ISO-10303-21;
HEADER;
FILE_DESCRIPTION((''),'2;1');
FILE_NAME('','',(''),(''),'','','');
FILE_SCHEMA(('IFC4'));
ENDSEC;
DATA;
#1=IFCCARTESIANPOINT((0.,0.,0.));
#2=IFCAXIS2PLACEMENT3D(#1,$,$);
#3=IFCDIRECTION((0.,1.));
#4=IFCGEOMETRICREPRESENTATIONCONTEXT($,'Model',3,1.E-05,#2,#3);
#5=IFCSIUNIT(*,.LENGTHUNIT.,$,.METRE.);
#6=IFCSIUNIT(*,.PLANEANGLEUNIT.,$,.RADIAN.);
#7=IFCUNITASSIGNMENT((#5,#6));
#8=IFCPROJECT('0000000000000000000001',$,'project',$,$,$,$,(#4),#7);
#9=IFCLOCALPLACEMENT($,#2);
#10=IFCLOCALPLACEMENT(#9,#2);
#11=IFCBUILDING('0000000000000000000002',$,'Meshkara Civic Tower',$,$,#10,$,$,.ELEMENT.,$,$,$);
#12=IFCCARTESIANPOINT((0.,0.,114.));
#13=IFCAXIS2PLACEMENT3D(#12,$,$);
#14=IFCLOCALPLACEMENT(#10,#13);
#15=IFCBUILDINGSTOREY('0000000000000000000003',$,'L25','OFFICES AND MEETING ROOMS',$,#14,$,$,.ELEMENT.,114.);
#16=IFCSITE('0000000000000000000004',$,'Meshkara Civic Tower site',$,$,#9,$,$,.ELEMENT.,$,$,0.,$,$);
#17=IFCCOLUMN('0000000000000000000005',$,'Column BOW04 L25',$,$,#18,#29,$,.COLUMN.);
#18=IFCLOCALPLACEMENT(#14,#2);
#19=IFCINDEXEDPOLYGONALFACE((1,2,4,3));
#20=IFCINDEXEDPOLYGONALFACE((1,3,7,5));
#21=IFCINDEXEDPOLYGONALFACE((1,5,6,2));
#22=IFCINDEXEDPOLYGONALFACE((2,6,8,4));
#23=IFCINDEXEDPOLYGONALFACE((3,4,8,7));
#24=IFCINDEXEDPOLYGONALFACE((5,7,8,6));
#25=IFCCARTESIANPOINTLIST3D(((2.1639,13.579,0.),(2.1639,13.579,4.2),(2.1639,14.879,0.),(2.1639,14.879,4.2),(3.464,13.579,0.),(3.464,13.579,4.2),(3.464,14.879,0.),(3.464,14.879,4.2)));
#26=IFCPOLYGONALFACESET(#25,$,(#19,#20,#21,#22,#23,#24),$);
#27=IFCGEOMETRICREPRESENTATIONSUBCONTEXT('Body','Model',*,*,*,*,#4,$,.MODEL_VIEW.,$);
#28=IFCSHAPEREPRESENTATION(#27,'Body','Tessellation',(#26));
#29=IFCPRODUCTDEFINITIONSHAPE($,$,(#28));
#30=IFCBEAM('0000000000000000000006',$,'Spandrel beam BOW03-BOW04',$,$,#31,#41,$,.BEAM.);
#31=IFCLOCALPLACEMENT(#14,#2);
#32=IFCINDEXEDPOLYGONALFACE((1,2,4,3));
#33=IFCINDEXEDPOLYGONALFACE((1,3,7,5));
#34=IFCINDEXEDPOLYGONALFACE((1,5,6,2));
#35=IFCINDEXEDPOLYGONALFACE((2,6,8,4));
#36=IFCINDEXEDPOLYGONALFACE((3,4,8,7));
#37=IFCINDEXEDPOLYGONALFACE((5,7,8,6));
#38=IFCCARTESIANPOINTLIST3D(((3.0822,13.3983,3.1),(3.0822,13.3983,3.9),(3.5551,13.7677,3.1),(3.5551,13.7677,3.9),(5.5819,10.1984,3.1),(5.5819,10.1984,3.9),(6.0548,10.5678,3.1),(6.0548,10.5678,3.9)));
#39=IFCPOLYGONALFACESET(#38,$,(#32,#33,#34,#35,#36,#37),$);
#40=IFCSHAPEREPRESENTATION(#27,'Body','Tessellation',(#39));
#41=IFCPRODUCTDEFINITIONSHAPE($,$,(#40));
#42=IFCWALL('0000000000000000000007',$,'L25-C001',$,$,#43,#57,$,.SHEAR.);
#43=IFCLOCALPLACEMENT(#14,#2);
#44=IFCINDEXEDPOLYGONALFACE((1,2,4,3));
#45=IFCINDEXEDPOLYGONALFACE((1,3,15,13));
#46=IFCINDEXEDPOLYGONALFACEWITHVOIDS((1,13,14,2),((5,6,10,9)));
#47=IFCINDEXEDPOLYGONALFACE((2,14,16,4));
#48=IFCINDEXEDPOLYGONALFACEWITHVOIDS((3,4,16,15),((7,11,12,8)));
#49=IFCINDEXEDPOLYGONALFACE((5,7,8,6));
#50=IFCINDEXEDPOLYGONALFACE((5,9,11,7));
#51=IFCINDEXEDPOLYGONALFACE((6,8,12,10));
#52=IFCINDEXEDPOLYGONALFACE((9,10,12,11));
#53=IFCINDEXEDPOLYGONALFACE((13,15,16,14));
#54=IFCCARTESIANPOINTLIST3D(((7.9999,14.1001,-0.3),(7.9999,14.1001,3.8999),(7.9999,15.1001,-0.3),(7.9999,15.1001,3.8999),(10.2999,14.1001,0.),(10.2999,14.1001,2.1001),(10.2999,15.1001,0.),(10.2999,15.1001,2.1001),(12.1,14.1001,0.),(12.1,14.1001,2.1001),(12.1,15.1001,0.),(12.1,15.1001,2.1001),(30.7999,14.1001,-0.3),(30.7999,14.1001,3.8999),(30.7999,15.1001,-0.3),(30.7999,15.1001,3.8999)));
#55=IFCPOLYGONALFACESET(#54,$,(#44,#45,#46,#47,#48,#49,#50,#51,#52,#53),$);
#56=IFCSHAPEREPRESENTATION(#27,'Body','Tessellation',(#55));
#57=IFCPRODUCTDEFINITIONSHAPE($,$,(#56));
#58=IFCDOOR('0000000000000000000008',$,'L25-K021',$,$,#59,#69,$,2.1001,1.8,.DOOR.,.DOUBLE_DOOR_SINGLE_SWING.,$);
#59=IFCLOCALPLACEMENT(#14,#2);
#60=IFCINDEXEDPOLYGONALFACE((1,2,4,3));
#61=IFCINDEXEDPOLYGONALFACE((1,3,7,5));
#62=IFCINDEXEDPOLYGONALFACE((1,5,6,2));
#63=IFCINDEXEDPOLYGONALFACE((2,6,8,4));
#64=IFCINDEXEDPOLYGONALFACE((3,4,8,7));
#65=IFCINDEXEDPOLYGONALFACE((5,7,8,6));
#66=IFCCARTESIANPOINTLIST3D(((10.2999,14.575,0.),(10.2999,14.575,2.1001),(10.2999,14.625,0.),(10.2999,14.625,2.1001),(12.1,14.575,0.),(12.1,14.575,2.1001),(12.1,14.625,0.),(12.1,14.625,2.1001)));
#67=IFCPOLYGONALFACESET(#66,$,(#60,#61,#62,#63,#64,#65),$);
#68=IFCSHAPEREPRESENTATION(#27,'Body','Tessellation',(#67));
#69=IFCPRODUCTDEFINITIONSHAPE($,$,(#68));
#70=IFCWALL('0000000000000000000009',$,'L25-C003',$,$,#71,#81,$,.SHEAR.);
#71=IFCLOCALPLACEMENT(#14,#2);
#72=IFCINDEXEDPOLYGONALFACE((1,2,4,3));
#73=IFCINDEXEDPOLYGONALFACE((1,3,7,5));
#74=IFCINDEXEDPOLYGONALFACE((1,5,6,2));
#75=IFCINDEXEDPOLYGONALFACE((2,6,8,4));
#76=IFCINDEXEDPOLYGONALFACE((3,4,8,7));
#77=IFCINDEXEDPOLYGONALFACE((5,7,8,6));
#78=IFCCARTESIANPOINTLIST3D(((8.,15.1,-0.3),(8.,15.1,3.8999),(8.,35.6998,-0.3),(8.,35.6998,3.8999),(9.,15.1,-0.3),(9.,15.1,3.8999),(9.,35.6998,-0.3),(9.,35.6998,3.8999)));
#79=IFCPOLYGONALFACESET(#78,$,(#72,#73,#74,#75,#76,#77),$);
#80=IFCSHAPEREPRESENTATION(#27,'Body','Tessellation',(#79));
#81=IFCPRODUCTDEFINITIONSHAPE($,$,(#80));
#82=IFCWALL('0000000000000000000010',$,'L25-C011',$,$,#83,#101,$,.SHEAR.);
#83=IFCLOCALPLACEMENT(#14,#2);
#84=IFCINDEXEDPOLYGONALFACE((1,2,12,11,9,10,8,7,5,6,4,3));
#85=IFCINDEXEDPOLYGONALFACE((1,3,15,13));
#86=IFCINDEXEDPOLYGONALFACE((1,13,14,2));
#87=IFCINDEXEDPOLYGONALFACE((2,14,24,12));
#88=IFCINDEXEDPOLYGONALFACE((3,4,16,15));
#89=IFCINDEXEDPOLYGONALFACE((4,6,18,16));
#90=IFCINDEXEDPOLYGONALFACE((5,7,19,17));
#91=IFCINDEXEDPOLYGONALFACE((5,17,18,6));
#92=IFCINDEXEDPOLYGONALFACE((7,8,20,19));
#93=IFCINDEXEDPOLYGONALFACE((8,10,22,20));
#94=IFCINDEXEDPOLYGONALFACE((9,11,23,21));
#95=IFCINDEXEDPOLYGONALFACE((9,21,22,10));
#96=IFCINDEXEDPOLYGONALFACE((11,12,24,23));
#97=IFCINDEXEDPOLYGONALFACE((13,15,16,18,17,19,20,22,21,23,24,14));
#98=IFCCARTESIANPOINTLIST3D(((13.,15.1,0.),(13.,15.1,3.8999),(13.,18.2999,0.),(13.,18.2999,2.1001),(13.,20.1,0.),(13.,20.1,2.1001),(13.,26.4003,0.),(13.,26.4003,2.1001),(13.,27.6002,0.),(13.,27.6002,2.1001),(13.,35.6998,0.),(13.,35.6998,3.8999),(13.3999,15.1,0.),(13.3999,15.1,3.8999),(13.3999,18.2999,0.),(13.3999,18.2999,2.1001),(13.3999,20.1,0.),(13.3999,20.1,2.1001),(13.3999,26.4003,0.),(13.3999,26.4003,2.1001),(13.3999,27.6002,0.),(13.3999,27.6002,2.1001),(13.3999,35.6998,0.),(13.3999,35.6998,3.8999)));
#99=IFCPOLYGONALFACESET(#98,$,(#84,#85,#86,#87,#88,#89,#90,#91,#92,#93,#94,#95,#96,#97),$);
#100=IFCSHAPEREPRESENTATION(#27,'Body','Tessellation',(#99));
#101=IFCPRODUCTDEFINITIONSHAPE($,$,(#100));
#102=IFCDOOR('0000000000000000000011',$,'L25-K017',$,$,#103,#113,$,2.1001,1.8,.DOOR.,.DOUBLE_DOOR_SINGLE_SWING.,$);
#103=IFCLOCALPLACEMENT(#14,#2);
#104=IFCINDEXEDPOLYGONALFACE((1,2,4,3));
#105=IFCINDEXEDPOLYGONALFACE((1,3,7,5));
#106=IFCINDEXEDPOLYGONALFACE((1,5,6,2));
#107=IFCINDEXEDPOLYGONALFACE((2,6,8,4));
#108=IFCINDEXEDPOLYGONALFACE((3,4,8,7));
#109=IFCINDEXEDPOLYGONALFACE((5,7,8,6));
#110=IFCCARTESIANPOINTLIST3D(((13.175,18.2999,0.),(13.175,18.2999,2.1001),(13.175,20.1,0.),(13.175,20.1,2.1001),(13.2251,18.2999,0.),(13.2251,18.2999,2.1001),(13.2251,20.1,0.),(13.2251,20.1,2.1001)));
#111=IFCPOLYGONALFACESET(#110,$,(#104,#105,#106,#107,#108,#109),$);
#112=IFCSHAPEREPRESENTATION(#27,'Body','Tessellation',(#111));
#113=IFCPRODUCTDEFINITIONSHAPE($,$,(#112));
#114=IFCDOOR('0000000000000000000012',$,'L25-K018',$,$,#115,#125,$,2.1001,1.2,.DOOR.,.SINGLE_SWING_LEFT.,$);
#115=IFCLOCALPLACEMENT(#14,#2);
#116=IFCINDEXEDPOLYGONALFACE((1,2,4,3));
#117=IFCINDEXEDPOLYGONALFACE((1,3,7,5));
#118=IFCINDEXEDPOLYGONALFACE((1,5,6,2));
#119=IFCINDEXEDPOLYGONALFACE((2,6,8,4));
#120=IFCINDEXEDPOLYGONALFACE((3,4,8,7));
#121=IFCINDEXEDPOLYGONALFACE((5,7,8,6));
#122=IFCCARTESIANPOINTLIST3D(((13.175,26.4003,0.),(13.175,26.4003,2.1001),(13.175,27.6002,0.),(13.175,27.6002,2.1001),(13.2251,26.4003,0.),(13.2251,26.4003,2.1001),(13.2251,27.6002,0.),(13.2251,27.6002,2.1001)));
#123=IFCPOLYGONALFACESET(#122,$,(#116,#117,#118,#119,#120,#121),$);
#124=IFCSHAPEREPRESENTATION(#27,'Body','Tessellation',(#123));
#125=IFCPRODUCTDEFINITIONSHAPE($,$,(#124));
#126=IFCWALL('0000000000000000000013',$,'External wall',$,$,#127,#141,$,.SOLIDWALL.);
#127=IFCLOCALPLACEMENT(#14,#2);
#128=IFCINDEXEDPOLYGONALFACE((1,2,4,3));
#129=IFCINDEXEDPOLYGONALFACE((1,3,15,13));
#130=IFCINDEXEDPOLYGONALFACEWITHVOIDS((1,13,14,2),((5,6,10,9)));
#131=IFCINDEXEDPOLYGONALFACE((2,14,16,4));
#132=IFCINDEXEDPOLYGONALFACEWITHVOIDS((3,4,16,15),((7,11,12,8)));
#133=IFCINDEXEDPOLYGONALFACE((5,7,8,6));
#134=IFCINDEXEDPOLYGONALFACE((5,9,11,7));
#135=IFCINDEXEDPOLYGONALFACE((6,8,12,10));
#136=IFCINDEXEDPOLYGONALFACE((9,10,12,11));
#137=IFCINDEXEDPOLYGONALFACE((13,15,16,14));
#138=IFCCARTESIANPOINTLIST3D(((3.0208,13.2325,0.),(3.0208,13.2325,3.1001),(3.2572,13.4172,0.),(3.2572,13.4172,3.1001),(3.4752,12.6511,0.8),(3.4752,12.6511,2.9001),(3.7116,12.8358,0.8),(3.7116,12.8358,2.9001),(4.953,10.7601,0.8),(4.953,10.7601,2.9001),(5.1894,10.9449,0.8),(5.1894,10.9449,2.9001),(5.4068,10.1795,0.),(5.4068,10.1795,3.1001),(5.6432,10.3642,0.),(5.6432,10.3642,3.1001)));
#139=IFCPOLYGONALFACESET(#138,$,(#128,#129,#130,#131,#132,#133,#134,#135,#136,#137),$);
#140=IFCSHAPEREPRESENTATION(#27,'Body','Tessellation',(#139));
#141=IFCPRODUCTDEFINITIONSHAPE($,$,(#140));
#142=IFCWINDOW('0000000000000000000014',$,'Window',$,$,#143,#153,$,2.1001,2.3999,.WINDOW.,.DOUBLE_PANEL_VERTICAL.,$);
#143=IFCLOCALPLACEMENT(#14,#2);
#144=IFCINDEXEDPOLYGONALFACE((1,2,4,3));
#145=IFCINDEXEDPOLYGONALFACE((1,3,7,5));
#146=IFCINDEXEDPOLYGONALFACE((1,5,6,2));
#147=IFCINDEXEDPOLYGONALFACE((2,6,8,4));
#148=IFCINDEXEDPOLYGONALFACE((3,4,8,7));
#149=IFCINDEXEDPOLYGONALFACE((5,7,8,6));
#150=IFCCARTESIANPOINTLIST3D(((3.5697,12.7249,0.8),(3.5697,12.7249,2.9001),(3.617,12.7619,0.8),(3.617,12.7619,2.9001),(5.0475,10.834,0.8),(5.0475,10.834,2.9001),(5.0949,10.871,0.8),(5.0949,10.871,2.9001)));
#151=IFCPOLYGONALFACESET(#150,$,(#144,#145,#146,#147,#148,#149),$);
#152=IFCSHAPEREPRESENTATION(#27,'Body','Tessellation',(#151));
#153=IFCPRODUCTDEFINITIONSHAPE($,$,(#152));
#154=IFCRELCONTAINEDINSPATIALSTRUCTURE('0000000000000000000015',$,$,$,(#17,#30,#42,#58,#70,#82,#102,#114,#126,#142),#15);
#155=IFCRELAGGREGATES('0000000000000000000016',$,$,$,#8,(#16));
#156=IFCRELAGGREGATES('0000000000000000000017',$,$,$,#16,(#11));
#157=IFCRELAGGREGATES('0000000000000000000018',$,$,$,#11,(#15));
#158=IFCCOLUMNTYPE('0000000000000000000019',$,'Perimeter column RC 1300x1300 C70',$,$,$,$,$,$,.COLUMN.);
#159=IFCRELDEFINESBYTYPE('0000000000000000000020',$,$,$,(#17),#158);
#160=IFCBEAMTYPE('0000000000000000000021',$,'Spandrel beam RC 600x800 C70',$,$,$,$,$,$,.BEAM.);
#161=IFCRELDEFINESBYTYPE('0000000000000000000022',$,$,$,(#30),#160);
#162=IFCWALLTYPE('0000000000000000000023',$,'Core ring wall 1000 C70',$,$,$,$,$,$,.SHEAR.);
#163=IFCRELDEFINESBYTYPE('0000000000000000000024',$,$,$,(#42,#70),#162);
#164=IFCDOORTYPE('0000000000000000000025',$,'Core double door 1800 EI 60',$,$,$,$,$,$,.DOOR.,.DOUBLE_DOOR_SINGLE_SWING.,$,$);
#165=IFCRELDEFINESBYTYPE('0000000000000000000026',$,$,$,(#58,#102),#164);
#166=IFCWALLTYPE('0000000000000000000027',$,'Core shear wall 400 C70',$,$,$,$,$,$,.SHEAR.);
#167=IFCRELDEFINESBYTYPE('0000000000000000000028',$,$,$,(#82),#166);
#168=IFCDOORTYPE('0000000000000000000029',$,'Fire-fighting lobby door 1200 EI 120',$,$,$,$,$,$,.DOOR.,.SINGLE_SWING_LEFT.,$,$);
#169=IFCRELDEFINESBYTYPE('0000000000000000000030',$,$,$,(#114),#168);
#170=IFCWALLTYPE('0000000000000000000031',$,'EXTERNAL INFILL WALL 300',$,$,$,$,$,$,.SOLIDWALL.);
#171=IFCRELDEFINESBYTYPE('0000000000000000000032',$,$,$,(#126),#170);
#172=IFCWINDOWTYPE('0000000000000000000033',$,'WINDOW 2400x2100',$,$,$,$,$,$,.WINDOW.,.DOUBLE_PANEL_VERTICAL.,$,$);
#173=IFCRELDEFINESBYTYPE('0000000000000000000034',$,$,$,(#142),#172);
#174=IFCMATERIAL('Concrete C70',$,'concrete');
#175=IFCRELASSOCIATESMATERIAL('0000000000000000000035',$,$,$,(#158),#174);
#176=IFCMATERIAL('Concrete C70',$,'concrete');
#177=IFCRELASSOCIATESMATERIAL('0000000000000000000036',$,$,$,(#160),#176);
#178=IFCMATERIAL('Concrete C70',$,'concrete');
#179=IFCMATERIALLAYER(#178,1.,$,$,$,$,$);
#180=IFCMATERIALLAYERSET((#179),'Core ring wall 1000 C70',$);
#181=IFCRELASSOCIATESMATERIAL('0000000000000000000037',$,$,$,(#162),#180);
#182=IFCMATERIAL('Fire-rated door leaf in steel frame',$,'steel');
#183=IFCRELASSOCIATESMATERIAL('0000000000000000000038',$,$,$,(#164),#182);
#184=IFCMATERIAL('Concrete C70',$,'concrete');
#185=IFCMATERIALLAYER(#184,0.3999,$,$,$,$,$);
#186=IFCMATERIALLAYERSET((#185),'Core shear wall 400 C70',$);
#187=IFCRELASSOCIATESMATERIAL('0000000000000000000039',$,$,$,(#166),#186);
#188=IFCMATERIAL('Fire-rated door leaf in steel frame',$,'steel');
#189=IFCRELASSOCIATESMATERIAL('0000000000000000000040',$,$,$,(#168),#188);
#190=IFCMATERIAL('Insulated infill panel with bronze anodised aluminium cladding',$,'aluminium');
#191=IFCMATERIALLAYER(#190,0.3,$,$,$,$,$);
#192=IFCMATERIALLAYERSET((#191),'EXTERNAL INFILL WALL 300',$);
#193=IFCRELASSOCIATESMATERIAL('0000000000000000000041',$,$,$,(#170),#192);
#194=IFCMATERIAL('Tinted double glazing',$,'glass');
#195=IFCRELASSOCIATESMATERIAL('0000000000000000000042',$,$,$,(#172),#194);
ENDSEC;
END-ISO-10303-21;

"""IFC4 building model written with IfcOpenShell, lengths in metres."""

from ifc_helpers import new_model, si_unit, direction, frame, frame_2d, origin, origin_2d, place, context, subcontext, project, spatial, rectangle, extrude, material, layer, layer_set, material_profile, profile_set, type_object, element, fill, save


model = new_model("IFC4")

# Units and contexts
model_context = context("Model", 3, precision=1e-05, world=origin(), true_north=direction((0.0, 1.0)))
body_context = subcontext(model_context, "Body", "Model", "MODEL_VIEW")
ifc_project = project(units=[si_unit("LENGTHUNIT", "METRE"), si_unit("PLANEANGLEUNIT", "RADIAN")], contexts=[model_context])

# Site, building, storey
site_placement = place(None, origin())
site = spatial("IfcSite", under=ifc_project, at=site_placement, Name="Meshkara Civic Tower site", CompositionType="ELEMENT", RefElevation=0.0)
building_placement = place(site_placement, origin())
building = spatial("IfcBuilding", under=site, at=building_placement, Name="Meshkara Civic Tower", CompositionType="ELEMENT")
storey_placement = place(building_placement, frame((0.0, 0.0, 114.0)))
storey = spatial("IfcBuildingStorey", under=building, at=storey_placement, Name="L25", Description="OFFICES AND MEETING ROOMS", CompositionType="ELEMENT", Elevation=114.0)

# Column
ifc_material_1 = material(Name="Concrete C70", Category="concrete")
ifc_material_profile_1 = material_profile(ifc_material_1, rectangle(XDim=1.3, YDim=1.3, at=origin_2d()))
ifc_profile_set_1 = profile_set([ifc_material_profile_1], Name="Concrete C70")
column_type = type_object("IfcColumnType", Name="Perimeter column RC 1300x1300 C70", PredefinedType="COLUMN", material=ifc_profile_set_1)
column_placement = place(storey_placement, frame((2.814, 14.229, 0.0), z_axis=(0.0, 0.0, 1.0), x_axis=(1.0, 0.0, 0.0)))
element("IfcColumn", 1, at=column_placement, inside=storey, type_object=column_type, Name="Column BOW04 L25", PredefinedType="COLUMN", context=body_context, shape_type="SweptSolid", body=[
    extrude(rectangle(XDim=1.3, YDim=1.3, at=origin_2d()), origin(), (0.0, 0.0, 1.0), 4.2),
])

# Beam
ifc_material_2 = material(Name="Concrete C70", Category="concrete")
ifc_material_profile_2 = material_profile(ifc_material_2, rectangle(XDim=0.6001, YDim=0.8, at=origin_2d()))
ifc_profile_set_2 = profile_set([ifc_material_profile_2], Name="Concrete C70")
beam_type = type_object("IfcBeamType", Name="Spandrel beam RC 600x800 C70", PredefinedType="BEAM", material=ifc_profile_set_2)
beam_placement = place(storey_placement, frame((3.3186, 13.583, 3.5), z_axis=(0.615613, -0.788049, 0.0), x_axis=(0.788049, 0.615613, 0.0)))
element("IfcBeam", 2, at=beam_placement, inside=storey, type_object=beam_type, Name="Spandrel beam BOW03-BOW04", PredefinedType="BEAM", context=body_context, shape_type="SweptSolid", body=[
    extrude(rectangle(XDim=0.6001, YDim=0.8, at=origin_2d()), origin(), (0.0, 0.0, 1.0), 4.0605),
])

# Wall, opening, door
ifc_material_3 = material(Name="Concrete C70", Category="concrete")
ifc_layer_1 = layer(ifc_material_3, 1.0)
ifc_layer_set_1 = layer_set([ifc_layer_1], Name="Core ring wall 1000 C70")
wall_type_1 = type_object("IfcWallType", Name="Core ring wall 1000 C70", PredefinedType="SHEAR", material=ifc_layer_set_1)
wall_1_placement = place(storey_placement, frame((8.0, 14.6001, -0.3), z_axis=(0.0, 0.0, 1.0), x_axis=(1.0, 0.0, 0.0)))
wall_1 = element("IfcWall", 3, at=wall_1_placement, inside=storey, type_object=wall_type_1, Name="L25-C001", PredefinedType="SHEAR", context=body_context, shape_type="SweptSolid", body=[
    extrude(rectangle(XDim=22.8, YDim=1.0, at=frame_2d((11.3999, 0.0))), origin(), (0.0, 0.0, 1.0), 4.2),
])
opening_1_placement = place(wall_1_placement, frame((2.3, 0.0, 0.3)))
opening_1 = element("IfcOpeningElement", 4, at=opening_1_placement, cuts=wall_1, PredefinedType="OPENING", context=body_context, shape_type="SweptSolid", body=[
    extrude(rectangle(XDim=1.8, YDim=2.1001, at=frame_2d((0.8999, 1.05))), frame((0.0, 0.51, 0.0), z_axis=(0.0, -1.0, 0.0), x_axis=(1.0, 0.0, 0.0)), (0.0, 0.0, 1.0), 1.02),
])
ifc_material_4 = material(Name="Fire-rated door leaf in steel frame", Category="steel")
door_type_1 = type_object("IfcDoorType", Name="Core double door 1800 EI 60", OperationType="DOUBLE_DOOR_SINGLE_SWING", PredefinedType="DOOR", material=ifc_material_4)
door_1_placement = place(opening_1_placement, origin())
door_1 = element("IfcDoor", 5, at=door_1_placement, inside=storey, type_object=door_type_1, Name="L25-K021", OperationType="DOUBLE_DOOR_SINGLE_SWING", OverallHeight=2.1001, OverallWidth=1.8, PredefinedType="DOOR", context=body_context, shape_type="SweptSolid", body=[
    extrude(rectangle(XDim=1.8, YDim=2.1001, at=frame_2d((0.8999, 1.05))), frame((0.0, 0.0249, 0.0), z_axis=(0.0, -1.0, 0.0), x_axis=(1.0, 0.0, 0.0)), (0.0, 0.0, 1.0), 0.05),
])
fill(opening_1, door_1)

# Wall
wall_2_placement = place(storey_placement, frame((8.5, 15.1001, -0.3), z_axis=(0.0, 0.0, 1.0), x_axis=(0.0, 1.0, 0.0)))
element("IfcWall", 6, at=wall_2_placement, inside=storey, type_object=wall_type_1, Name="L25-C003", PredefinedType="SHEAR", context=body_context, shape_type="SweptSolid", body=[
    extrude(rectangle(XDim=20.5999, YDim=1.0, at=frame_2d((10.2998, 0.0))), origin(), (0.0, 0.0, 1.0), 4.2),
])

# Wall, openings, doors
ifc_material_5 = material(Name="Concrete C70", Category="concrete")
ifc_layer_2 = layer(ifc_material_5, 0.3999)
ifc_layer_set_2 = layer_set([ifc_layer_2], Name="Core shear wall 400 C70")
wall_type_2 = type_object("IfcWallType", Name="Core shear wall 400 C70", PredefinedType="SHEAR", material=ifc_layer_set_2)
wall_3_placement = place(storey_placement, frame((13.2, 15.1001, 0.0), z_axis=(0.0, 0.0, 1.0), x_axis=(0.0, 1.0, 0.0)))
wall_3 = element("IfcWall", 7, at=wall_3_placement, inside=storey, type_object=wall_type_2, Name="L25-C011", PredefinedType="SHEAR", context=body_context, shape_type="SweptSolid", body=[
    extrude(rectangle(XDim=20.5999, YDim=0.3999, at=frame_2d((10.2998, 0.0))), origin(), (0.0, 0.0, 1.0), 3.8999),
])
opening_2_placement = place(wall_3_placement, frame((3.2, 0.0, 0.0)))
opening_2 = element("IfcOpeningElement", 8, at=opening_2_placement, cuts=wall_3, PredefinedType="OPENING", context=body_context, shape_type="SweptSolid", body=[
    extrude(rectangle(XDim=1.8, YDim=2.1001, at=frame_2d((0.8999, 1.05))), frame((0.0, 0.21, 0.0), z_axis=(0.0, -1.0, 0.0), x_axis=(1.0, 0.0, 0.0)), (0.0, 0.0, 1.0), 0.4199),
])
opening_3_placement = place(wall_3_placement, frame((11.3, 0.0, 0.0)))
opening_3 = element("IfcOpeningElement", 9, at=opening_3_placement, cuts=wall_3, PredefinedType="OPENING", context=body_context, shape_type="SweptSolid", body=[
    extrude(rectangle(XDim=1.2, YDim=2.1001, at=frame_2d((0.6001, 1.05))), frame((0.0, 0.21, 0.0), z_axis=(0.0, -1.0, 0.0), x_axis=(1.0, 0.0, 0.0)), (0.0, 0.0, 1.0), 0.4199),
])
door_2_placement = place(opening_2_placement, origin())
door_2 = element("IfcDoor", 10, at=door_2_placement, inside=storey, type_object=door_type_1, Name="L25-K017", OperationType="DOUBLE_DOOR_SINGLE_SWING", OverallHeight=2.1001, OverallWidth=1.8, PredefinedType="DOOR", context=body_context, shape_type="SweptSolid", body=[
    extrude(rectangle(XDim=1.8, YDim=2.1001, at=frame_2d((0.8999, 1.05))), frame((0.0, 0.0249, 0.0), z_axis=(0.0, -1.0, 0.0), x_axis=(1.0, 0.0, 0.0)), (0.0, 0.0, 1.0), 0.05),
])
fill(opening_2, door_2)
ifc_material_6 = material(Name="Fire-rated door leaf in steel frame", Category="steel")
door_type_2 = type_object("IfcDoorType", Name="Fire-fighting lobby door 1200 EI 120", OperationType="SINGLE_SWING_LEFT", PredefinedType="DOOR", material=ifc_material_6)
door_3_placement = place(opening_3_placement, origin())
door_3 = element("IfcDoor", 11, at=door_3_placement, inside=storey, type_object=door_type_2, Name="L25-K018", OperationType="SINGLE_SWING_LEFT", OverallHeight=2.1001, OverallWidth=1.2, PredefinedType="DOOR", context=body_context, shape_type="SweptSolid", body=[
    extrude(rectangle(XDim=1.2, YDim=2.1001, at=frame_2d((0.6001, 1.05))), frame((0.0, 0.0249, 0.0), z_axis=(0.0, -1.0, 0.0), x_axis=(1.0, 0.0, 0.0)), (0.0, 0.0, 1.0), 0.05),
])
fill(opening_3, door_3)

# Wall, opening, window
ifc_material_7 = material(Name="Insulated infill panel with bronze anodised aluminium cladding", Category="aluminium")
ifc_layer_3 = layer(ifc_material_7, 0.3)
ifc_layer_set_3 = layer_set([ifc_layer_3], Name="EXTERNAL INFILL WALL 300")
wall_type_3 = type_object("IfcWallType", Name="EXTERNAL INFILL WALL 300", PredefinedType="SOLIDWALL", material=ifc_layer_set_3)
wall_4_placement = place(storey_placement, frame((3.1389, 13.325, 0.0), z_axis=(0.0, 0.0, 1.0), x_axis=(0.61578, -0.787918, 0.0)))
wall_4 = element("IfcWall", 12, at=wall_4_placement, inside=storey, type_object=wall_type_3, Name="External wall", PredefinedType="SOLIDWALL", context=body_context, shape_type="SweptSolid", body=[
    extrude(rectangle(XDim=3.8748, YDim=0.3, at=frame_2d((1.9375, 0.0))), origin(), (0.0, 0.0, 1.0), 3.1001),
])
opening_4_placement = place(wall_4_placement, frame((0.738, 0.0, 0.8)))
opening_4 = element("IfcOpeningElement", 13, at=opening_4_placement, cuts=wall_4, PredefinedType="OPENING", context=body_context, shape_type="SweptSolid", body=[
    extrude(rectangle(XDim=2.3999, YDim=2.1001, at=frame_2d((1.2, 1.05))), frame((0.0, 0.1599, 0.0), z_axis=(0.0, -1.0, 0.0), x_axis=(1.0, 0.0, 0.0)), (0.0, 0.0, 1.0), 0.3201),
])
ifc_material_8 = material(Name="Tinted double glazing", Category="glass")
window_type = type_object("IfcWindowType", Name="WINDOW 2400x2100", PartitioningType="DOUBLE_PANEL_VERTICAL", PredefinedType="WINDOW", material=ifc_material_8)
window_placement = place(opening_4_placement, origin())
window = element("IfcWindow", 14, at=window_placement, inside=storey, type_object=window_type, Name="Window", OverallHeight=2.1001, OverallWidth=2.3999, PartitioningType="DOUBLE_PANEL_VERTICAL", PredefinedType="WINDOW", context=body_context, shape_type="SweptSolid", body=[
    extrude(rectangle(XDim=2.3999, YDim=2.1001, at=frame_2d((1.2, 1.05))), frame((0.0, 0.03, 0.0), z_axis=(0.0, -1.0, 0.0), x_axis=(1.0, 0.0, 0.0)), (0.0, 0.0, 1.0), 0.0601),
])
fill(opening_4, window)

save(model, "model.ifc")
